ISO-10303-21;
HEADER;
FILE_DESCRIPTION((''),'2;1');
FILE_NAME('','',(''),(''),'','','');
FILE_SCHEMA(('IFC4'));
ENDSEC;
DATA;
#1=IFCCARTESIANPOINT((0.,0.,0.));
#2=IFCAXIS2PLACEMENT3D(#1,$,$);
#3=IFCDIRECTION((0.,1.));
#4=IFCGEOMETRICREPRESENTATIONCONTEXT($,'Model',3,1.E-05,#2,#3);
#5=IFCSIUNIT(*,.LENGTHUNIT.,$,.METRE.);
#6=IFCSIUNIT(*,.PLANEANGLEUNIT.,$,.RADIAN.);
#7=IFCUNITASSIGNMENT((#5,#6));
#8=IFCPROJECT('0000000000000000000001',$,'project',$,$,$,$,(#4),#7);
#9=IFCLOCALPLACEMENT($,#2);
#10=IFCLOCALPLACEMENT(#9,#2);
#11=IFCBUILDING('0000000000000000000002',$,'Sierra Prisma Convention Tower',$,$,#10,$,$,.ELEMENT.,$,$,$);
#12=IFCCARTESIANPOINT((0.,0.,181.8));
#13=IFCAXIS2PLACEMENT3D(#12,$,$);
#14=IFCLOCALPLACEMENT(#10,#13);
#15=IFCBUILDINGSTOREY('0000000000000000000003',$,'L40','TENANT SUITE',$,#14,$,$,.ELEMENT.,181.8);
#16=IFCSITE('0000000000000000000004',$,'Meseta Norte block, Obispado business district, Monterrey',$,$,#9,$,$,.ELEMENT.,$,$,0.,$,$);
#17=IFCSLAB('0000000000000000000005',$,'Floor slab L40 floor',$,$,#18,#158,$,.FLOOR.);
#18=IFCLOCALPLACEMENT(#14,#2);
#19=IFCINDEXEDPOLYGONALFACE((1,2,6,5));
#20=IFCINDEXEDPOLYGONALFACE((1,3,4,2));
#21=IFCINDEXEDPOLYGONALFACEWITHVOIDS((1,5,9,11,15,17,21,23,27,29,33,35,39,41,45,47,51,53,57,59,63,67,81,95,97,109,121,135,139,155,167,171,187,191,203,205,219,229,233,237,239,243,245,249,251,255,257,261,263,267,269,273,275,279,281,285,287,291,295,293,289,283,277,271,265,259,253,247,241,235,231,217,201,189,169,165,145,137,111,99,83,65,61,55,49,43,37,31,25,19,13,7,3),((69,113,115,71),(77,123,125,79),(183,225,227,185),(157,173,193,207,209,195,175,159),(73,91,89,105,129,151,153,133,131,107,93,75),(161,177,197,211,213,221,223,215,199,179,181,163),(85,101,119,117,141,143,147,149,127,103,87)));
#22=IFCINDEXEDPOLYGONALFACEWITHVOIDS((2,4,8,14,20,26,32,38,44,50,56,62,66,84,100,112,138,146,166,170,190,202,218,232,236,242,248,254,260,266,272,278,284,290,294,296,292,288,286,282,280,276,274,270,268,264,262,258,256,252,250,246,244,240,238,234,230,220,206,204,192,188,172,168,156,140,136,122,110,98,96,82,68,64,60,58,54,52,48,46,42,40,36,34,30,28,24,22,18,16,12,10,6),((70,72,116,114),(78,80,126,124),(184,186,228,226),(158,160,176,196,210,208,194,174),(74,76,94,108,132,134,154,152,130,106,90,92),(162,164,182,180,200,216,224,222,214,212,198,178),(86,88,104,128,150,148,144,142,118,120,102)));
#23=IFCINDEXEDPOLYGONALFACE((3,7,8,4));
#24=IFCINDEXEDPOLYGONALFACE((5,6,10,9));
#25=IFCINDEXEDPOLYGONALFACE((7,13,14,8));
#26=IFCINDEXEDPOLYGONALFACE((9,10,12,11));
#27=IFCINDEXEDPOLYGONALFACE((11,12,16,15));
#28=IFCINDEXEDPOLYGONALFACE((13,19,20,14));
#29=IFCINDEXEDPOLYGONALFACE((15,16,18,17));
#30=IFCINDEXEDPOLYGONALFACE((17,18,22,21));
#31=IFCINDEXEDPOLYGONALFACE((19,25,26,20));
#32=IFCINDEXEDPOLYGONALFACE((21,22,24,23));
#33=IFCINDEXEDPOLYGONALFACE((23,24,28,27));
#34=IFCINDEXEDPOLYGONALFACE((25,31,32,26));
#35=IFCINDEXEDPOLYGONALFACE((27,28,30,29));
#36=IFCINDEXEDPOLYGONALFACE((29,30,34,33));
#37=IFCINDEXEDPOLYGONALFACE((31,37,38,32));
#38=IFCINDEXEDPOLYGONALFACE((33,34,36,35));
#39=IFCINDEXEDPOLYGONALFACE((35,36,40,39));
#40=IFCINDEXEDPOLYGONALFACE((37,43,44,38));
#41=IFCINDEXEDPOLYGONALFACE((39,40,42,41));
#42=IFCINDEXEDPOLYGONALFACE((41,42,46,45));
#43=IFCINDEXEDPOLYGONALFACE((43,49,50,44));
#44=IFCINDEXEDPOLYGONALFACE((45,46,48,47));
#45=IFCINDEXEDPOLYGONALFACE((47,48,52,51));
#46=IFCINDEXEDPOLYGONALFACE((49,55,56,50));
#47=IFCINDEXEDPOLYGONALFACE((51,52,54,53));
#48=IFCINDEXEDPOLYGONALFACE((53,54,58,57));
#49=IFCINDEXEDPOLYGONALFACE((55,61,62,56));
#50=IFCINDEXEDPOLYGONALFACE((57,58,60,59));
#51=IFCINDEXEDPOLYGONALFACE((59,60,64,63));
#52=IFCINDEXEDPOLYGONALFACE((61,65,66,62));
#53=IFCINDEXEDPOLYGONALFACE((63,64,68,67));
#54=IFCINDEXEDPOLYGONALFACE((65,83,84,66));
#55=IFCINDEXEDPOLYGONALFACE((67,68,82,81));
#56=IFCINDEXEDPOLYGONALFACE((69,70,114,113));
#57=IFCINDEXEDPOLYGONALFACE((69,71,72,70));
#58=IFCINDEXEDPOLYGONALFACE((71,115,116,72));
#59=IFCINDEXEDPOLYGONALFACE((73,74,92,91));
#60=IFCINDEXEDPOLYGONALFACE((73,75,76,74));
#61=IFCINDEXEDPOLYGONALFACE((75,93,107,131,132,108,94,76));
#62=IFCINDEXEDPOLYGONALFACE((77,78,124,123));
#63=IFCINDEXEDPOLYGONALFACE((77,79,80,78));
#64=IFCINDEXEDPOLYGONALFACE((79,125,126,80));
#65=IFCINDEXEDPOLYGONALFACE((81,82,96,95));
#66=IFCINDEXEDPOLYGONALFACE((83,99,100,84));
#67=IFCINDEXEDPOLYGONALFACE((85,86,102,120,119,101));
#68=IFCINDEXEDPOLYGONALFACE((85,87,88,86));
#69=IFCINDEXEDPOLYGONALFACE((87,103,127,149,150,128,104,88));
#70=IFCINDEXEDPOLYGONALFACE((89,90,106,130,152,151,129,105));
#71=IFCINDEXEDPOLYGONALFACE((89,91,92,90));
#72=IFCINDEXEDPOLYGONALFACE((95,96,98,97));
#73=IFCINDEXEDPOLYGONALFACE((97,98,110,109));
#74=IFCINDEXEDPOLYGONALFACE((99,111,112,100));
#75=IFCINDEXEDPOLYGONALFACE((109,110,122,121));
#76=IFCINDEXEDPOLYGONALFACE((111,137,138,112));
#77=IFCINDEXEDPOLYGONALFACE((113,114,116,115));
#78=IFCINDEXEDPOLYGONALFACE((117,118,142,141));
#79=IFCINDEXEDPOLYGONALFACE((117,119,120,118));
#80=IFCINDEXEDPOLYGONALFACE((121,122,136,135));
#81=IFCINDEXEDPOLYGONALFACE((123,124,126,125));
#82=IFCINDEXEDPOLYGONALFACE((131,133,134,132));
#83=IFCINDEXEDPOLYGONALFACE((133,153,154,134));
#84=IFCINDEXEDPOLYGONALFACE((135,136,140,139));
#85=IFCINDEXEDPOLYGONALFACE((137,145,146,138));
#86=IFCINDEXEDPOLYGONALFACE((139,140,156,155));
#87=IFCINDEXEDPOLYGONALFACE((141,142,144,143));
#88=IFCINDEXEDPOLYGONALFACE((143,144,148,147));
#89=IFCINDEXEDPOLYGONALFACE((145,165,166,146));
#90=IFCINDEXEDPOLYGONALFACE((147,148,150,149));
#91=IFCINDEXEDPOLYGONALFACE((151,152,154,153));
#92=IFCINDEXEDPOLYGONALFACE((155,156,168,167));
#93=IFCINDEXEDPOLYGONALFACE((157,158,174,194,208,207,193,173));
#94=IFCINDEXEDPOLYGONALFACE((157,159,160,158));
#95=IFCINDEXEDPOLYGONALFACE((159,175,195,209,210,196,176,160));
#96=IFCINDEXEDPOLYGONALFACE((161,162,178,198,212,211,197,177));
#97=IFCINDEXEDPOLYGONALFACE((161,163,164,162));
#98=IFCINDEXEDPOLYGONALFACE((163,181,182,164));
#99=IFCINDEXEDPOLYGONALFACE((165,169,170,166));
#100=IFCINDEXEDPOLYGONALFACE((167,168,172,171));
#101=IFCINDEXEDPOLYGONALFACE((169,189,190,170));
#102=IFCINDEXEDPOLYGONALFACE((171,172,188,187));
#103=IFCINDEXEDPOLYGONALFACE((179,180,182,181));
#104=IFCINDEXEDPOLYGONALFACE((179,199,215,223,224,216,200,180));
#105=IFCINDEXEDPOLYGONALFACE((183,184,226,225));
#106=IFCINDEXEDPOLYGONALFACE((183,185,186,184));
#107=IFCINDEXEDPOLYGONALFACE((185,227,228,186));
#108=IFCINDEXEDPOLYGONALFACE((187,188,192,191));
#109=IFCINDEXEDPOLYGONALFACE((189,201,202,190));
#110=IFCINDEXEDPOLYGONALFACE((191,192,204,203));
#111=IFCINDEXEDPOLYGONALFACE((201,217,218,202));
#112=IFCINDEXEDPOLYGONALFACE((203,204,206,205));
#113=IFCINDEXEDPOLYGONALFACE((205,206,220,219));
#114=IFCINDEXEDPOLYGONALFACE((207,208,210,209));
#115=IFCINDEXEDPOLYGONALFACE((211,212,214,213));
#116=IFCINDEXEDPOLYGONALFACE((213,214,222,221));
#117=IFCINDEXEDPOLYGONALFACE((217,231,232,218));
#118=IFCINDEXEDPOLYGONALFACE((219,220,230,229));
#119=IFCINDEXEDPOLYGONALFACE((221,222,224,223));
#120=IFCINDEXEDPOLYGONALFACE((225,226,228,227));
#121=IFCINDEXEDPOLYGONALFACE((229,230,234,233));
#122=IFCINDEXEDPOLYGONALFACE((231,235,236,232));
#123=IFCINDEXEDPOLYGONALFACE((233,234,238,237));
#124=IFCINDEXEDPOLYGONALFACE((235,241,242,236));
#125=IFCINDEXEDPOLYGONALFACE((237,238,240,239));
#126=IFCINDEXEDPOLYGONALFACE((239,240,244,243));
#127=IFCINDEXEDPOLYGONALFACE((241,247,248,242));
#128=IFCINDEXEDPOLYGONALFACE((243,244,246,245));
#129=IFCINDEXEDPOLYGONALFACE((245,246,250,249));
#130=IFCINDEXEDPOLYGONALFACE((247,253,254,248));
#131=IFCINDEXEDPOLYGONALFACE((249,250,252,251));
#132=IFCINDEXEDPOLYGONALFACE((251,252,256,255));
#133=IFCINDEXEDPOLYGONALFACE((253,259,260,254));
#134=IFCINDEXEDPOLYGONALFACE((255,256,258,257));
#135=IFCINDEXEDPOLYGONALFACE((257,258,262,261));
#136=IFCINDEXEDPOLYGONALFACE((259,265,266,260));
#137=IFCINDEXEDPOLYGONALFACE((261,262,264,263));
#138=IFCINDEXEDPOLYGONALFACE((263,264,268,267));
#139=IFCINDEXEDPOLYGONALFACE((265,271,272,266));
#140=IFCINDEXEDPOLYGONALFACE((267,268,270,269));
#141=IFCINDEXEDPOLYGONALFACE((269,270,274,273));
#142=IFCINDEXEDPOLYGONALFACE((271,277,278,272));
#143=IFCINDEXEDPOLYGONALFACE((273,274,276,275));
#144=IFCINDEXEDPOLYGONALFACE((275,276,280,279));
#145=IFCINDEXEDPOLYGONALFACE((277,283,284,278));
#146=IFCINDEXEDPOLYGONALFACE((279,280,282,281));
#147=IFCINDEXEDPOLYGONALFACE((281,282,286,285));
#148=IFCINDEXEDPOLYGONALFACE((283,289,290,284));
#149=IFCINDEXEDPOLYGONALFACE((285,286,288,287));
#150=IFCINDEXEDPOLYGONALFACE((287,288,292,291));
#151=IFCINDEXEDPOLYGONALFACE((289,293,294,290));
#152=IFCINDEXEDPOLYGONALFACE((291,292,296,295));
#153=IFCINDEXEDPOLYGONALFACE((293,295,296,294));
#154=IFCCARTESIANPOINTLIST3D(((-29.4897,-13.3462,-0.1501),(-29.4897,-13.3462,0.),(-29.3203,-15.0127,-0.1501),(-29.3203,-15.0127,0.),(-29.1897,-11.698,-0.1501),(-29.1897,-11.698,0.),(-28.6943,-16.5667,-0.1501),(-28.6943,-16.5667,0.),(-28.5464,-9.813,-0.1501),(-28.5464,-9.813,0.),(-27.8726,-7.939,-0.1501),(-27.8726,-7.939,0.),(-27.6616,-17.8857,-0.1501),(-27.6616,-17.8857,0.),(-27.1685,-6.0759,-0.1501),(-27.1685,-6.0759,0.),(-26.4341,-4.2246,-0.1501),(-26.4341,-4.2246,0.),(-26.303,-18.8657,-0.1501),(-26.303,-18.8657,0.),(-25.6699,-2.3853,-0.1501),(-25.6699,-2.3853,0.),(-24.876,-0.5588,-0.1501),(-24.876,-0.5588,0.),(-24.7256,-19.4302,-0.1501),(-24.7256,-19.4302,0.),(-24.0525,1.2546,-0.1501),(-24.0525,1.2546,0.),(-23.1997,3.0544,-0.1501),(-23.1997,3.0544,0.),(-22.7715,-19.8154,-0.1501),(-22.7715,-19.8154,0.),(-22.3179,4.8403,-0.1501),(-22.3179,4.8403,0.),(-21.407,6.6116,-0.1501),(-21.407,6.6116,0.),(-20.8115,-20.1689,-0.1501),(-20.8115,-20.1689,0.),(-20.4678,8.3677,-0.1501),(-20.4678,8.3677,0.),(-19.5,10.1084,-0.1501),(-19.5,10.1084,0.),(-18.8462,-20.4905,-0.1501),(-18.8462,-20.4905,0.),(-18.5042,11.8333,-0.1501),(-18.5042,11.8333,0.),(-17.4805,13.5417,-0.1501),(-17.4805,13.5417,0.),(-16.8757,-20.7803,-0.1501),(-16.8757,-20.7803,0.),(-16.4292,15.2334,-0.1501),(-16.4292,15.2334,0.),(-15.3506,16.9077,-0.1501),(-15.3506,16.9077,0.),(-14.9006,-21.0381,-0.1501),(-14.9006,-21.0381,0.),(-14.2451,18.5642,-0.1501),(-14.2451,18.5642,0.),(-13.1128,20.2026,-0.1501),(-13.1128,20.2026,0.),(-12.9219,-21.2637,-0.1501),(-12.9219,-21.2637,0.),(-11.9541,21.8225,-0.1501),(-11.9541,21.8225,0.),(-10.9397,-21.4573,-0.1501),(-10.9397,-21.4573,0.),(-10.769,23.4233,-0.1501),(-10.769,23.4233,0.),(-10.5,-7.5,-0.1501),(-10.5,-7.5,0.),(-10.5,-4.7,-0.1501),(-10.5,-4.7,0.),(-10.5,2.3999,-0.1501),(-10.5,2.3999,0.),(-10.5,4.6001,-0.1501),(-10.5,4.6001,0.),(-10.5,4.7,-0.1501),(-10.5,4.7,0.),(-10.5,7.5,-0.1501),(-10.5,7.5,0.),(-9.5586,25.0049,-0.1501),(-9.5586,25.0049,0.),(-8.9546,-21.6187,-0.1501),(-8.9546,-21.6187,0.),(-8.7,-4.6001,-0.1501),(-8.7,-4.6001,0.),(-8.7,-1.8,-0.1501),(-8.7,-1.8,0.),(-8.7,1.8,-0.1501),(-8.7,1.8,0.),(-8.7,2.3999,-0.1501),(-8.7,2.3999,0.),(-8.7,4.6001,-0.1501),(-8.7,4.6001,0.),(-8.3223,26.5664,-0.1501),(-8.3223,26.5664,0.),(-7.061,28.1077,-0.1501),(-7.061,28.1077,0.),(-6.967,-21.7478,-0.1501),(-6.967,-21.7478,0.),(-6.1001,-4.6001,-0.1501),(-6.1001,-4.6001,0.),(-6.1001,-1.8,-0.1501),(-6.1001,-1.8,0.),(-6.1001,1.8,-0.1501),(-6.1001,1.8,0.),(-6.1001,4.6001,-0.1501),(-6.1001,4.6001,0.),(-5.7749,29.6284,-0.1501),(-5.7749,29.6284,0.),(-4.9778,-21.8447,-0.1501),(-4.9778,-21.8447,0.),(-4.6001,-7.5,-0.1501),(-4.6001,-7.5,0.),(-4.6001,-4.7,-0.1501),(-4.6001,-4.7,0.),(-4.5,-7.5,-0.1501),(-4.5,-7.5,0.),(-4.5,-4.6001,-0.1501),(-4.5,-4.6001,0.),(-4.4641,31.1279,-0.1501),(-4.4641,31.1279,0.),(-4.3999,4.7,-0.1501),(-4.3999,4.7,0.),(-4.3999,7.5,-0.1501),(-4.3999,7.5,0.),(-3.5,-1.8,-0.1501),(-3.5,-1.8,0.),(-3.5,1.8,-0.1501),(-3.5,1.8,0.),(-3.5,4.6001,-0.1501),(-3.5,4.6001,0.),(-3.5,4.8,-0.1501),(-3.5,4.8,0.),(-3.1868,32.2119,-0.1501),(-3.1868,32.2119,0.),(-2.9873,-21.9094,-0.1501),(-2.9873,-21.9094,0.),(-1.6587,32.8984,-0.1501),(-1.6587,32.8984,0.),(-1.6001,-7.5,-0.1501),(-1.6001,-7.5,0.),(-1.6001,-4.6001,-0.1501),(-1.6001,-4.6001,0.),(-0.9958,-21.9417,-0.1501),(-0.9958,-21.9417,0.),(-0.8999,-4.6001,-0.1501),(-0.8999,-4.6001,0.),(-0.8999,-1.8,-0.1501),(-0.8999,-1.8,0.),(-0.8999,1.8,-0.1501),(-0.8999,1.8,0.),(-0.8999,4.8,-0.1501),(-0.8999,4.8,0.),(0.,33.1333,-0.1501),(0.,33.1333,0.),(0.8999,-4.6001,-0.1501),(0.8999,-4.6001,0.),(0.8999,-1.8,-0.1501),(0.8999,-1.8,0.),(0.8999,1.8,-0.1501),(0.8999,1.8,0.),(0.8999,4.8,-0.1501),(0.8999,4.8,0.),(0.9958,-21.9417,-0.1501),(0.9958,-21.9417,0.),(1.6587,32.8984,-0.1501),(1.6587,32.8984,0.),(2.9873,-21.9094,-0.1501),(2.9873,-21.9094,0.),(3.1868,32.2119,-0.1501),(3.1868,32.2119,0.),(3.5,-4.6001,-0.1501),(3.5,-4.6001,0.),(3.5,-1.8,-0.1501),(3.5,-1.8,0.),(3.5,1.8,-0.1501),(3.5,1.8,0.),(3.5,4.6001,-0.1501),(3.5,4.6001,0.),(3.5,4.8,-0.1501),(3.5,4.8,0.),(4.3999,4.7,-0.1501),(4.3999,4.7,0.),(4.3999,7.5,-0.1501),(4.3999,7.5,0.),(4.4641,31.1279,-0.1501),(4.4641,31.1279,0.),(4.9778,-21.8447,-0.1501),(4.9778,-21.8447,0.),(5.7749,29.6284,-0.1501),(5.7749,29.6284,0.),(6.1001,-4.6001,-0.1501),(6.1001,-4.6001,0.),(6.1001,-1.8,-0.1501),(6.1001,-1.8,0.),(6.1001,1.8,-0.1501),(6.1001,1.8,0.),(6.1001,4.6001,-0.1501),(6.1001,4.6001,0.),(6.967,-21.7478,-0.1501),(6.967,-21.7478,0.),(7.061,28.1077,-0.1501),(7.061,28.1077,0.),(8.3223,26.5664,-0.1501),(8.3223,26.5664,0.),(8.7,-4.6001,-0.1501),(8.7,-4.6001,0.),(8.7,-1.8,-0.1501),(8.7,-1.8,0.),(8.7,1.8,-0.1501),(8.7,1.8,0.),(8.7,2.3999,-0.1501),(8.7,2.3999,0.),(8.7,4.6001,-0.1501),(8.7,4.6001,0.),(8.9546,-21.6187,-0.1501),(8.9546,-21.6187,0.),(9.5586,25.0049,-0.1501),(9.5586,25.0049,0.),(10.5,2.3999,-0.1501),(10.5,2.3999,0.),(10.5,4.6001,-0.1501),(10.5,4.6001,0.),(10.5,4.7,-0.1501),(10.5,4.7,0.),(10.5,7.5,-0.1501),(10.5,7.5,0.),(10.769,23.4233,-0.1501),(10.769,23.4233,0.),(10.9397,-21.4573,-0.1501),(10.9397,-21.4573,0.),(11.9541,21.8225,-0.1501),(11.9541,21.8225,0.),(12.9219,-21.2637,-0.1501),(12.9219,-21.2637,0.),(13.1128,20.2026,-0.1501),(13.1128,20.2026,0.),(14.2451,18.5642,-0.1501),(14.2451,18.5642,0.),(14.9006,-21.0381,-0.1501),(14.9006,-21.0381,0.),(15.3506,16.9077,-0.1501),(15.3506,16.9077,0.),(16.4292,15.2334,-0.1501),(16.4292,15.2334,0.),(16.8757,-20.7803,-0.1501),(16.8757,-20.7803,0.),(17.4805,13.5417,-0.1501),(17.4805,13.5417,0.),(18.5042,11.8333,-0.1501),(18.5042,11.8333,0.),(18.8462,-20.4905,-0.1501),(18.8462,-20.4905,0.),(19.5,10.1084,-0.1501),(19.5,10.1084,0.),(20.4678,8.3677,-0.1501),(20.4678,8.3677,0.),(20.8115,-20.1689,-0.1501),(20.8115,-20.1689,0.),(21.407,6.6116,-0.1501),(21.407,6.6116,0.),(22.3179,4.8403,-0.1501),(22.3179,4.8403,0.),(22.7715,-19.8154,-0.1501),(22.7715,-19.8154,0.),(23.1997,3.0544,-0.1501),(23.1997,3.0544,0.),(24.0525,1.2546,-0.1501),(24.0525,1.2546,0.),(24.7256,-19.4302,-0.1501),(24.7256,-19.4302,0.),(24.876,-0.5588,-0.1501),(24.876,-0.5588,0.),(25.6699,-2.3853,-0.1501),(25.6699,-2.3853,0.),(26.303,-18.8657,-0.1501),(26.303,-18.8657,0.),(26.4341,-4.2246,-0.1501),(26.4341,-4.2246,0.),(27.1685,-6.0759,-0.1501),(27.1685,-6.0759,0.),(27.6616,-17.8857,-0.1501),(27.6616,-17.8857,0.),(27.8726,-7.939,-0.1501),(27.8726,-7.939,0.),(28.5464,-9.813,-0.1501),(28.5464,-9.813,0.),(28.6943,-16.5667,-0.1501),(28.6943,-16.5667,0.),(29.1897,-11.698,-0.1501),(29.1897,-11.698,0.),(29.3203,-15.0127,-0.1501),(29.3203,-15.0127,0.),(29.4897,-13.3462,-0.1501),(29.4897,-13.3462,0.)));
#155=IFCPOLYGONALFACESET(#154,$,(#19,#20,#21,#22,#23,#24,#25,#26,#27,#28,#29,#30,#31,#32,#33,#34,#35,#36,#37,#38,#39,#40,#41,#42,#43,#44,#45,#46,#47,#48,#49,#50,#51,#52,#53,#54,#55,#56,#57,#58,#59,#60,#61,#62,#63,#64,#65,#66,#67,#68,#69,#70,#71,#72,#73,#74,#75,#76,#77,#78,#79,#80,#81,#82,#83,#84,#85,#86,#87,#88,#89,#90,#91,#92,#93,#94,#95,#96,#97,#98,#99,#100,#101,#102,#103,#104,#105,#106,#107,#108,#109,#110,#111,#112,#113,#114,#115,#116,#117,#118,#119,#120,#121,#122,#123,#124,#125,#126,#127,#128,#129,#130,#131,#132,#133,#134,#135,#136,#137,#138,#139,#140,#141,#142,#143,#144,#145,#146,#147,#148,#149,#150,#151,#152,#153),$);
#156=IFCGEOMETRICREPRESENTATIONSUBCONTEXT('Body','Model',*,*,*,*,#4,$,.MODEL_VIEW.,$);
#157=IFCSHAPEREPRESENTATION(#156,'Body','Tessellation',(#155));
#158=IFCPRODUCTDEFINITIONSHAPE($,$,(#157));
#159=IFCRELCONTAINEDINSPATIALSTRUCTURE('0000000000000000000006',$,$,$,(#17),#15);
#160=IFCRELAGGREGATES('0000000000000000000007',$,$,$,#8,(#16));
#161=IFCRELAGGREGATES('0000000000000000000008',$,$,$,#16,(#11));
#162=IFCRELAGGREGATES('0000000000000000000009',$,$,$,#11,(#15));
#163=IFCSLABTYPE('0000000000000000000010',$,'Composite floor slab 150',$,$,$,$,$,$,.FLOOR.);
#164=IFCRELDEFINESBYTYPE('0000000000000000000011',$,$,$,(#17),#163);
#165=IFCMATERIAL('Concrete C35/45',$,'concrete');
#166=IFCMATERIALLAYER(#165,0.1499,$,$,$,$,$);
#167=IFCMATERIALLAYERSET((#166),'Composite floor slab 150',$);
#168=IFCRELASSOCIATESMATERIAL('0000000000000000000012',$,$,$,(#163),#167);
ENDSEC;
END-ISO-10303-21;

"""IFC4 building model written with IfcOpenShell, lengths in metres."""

from ifc_helpers import new_model, si_unit, direction, frame, origin, place, context, subcontext, project, spatial, polyline, outline, extrude, material, layer, layer_set, type_object, element, save


model = new_model("IFC4")

# Units and contexts
model_context = context("Model", 3, precision=1e-05, world=origin(), true_north=direction((0.0, 1.0)))
body_context = subcontext(model_context, "Body", "Model", "MODEL_VIEW")
ifc_project = project(units=[si_unit("LENGTHUNIT", "METRE"), si_unit("PLANEANGLEUNIT", "RADIAN")], contexts=[model_context])

# Site, building, storey
site_placement = place(None, origin())
site = spatial("IfcSite", under=ifc_project, at=site_placement, Name="Meseta Norte block, Obispado business district, Monterrey", CompositionType="ELEMENT", RefElevation=0.0)
building_placement = place(site_placement, origin())
building = spatial("IfcBuilding", under=site, at=building_placement, Name="Sierra Prisma Convention Tower", CompositionType="ELEMENT")
storey_placement = place(building_placement, frame((0.0, 0.0, 181.8)))
storey = spatial("IfcBuildingStorey", under=building, at=storey_placement, Name="L40", Description="TENANT SUITE", CompositionType="ELEMENT", Elevation=181.8)

# Slab
ifc_material_1 = material(Name="Concrete C35/45", Category="concrete")
ifc_layer_1 = layer(ifc_material_1, 0.1499)
ifc_layer_set_1 = layer_set([ifc_layer_1], Name="Composite floor slab 150")
slab_type = type_object("IfcSlabType", Name="Composite floor slab 150", PredefinedType="FLOOR", material=ifc_layer_set_1)
slab_placement = place(storey_placement, frame((0.0, 0.0, -0.1501)))
element("IfcSlab", 1, at=slab_placement, inside=storey, type_object=slab_type, Name="Floor slab L40 floor", PredefinedType="FLOOR", context=body_context, shape_type="SweptSolid", body=[
    extrude(outline(polyline([(-24.7256, -19.4302), (-22.7715, -19.8154), (-20.8115, -20.1689), (-18.8462, -20.4905), (-16.8757, -20.7803), (-14.9006, -21.0381), (-12.9219, -21.2637), (-10.9397, -21.4573), (-8.9546, -21.6187), (-6.967, -21.7478), (-4.9778, -21.8447), (-2.9873, -21.9094), (-0.9958, -21.9417), (0.9958, -21.9417), (2.9873, -21.9094), (4.9778, -21.8447), (6.967, -21.7478), (8.9546, -21.6187), (10.9397, -21.4573), (12.9219, -21.2637), (14.9006, -21.0381), (16.8757, -20.7803), (18.8462, -20.4905), (20.8115, -20.1689), (22.7715, -19.8154), (24.7256, -19.4302), (26.303, -18.8657), (27.6616, -17.8857), (28.6943, -16.5667), (29.3203, -15.0127), (29.4897, -13.3462), (29.1897, -11.698), (28.5464, -9.813), (27.8726, -7.939), (27.1685, -6.0759), (26.4341, -4.2246), (25.6699, -2.3853), (24.876, -0.5588), (24.0525, 1.2546), (23.1997, 3.0544), (22.3179, 4.8403), (21.407, 6.6116), (20.4678, 8.3677), (19.5, 10.1084), (18.5042, 11.8333), (17.4805, 13.5417), (16.4292, 15.2334), (15.3506, 16.9077), (14.2451, 18.5642), (13.1128, 20.2026), (11.9541, 21.8225), (10.769, 23.4233), (9.5586, 25.0049), (8.3223, 26.5664), (7.061, 28.1077), (5.7749, 29.6284), (4.4641, 31.1279), (3.1868, 32.2119), (1.6587, 32.8984), (0.0, 33.1333), (-1.6587, 32.8984), (-3.1868, 32.2119), (-4.4641, 31.1279), (-5.7749, 29.6284), (-7.061, 28.1077), (-8.3223, 26.5664), (-9.5586, 25.0049), (-10.769, 23.4233), (-11.9541, 21.8225), (-13.1128, 20.2026), (-14.2451, 18.5642), (-15.3506, 16.9077), (-16.4292, 15.2334), (-17.4805, 13.5417), (-18.5042, 11.8333), (-19.5, 10.1084), (-20.4678, 8.3677), (-21.407, 6.6116), (-22.3179, 4.8403), (-23.1997, 3.0544), (-24.0525, 1.2546), (-24.876, -0.5588), (-25.6699, -2.3853), (-26.4341, -4.2246), (-27.1685, -6.0759), (-27.8726, -7.939), (-28.5464, -9.813), (-29.1897, -11.698), (-29.4897, -13.3462), (-29.3203, -15.0127), (-28.6943, -16.5667), (-27.6616, -17.8857), (-26.303, -18.8657), (-24.7256, -19.4302)]), holes=[polyline([(-4.6001, -7.5), (-10.5, -7.5), (-10.5, -4.7), (-4.6001, -4.7), (-4.6001, -7.5)]), polyline([(-8.7, -4.6001), (-8.7, -1.8), (-6.1001, -1.8), (-3.5, -1.8), (-0.8999, -1.8), (-0.8999, -4.6001), (-1.6001, -4.6001), (-1.6001, -7.5), (-4.5, -7.5), (-4.5, -4.6001), (-6.1001, -4.6001), (-8.7, -4.6001)]), polyline([(-10.5, 4.6001), (-8.7, 4.6001), (-6.1001, 4.6001), (-3.5, 4.6001), (-3.5, 4.8), (-0.8999, 4.8), (-0.8999, 1.8), (-3.5, 1.8), (-6.1001, 1.8), (-8.7, 1.8), (-8.7, 2.3999), (-10.5, 2.3999), (-10.5, 4.6001)]), polyline([(-10.5, 4.7), (-10.5, 7.5), (-4.3999, 7.5), (-4.3999, 4.7), (-10.5, 4.7)]), polyline([(6.1001, -1.8), (8.7, -1.8), (8.7, -4.6001), (6.1001, -4.6001), (3.5, -4.6001), (0.8999, -4.6001), (0.8999, -1.8), (3.5, -1.8), (6.1001, -1.8)]), polyline([(8.7, 4.6001), (10.5, 4.6001), (10.5, 2.3999), (8.7, 2.3999), (8.7, 1.8), (6.1001, 1.8), (3.5, 1.8), (0.8999, 1.8), (0.8999, 4.8), (3.5, 4.8), (3.5, 4.6001), (6.1001, 4.6001), (8.7, 4.6001)]), polyline([(4.3999, 4.7), (4.3999, 7.5), (10.5, 7.5), (10.5, 4.7), (4.3999, 4.7)])]), origin(), (0.0, 0.0, 1.0), 0.1501),
])

save(model, "model.ifc")
